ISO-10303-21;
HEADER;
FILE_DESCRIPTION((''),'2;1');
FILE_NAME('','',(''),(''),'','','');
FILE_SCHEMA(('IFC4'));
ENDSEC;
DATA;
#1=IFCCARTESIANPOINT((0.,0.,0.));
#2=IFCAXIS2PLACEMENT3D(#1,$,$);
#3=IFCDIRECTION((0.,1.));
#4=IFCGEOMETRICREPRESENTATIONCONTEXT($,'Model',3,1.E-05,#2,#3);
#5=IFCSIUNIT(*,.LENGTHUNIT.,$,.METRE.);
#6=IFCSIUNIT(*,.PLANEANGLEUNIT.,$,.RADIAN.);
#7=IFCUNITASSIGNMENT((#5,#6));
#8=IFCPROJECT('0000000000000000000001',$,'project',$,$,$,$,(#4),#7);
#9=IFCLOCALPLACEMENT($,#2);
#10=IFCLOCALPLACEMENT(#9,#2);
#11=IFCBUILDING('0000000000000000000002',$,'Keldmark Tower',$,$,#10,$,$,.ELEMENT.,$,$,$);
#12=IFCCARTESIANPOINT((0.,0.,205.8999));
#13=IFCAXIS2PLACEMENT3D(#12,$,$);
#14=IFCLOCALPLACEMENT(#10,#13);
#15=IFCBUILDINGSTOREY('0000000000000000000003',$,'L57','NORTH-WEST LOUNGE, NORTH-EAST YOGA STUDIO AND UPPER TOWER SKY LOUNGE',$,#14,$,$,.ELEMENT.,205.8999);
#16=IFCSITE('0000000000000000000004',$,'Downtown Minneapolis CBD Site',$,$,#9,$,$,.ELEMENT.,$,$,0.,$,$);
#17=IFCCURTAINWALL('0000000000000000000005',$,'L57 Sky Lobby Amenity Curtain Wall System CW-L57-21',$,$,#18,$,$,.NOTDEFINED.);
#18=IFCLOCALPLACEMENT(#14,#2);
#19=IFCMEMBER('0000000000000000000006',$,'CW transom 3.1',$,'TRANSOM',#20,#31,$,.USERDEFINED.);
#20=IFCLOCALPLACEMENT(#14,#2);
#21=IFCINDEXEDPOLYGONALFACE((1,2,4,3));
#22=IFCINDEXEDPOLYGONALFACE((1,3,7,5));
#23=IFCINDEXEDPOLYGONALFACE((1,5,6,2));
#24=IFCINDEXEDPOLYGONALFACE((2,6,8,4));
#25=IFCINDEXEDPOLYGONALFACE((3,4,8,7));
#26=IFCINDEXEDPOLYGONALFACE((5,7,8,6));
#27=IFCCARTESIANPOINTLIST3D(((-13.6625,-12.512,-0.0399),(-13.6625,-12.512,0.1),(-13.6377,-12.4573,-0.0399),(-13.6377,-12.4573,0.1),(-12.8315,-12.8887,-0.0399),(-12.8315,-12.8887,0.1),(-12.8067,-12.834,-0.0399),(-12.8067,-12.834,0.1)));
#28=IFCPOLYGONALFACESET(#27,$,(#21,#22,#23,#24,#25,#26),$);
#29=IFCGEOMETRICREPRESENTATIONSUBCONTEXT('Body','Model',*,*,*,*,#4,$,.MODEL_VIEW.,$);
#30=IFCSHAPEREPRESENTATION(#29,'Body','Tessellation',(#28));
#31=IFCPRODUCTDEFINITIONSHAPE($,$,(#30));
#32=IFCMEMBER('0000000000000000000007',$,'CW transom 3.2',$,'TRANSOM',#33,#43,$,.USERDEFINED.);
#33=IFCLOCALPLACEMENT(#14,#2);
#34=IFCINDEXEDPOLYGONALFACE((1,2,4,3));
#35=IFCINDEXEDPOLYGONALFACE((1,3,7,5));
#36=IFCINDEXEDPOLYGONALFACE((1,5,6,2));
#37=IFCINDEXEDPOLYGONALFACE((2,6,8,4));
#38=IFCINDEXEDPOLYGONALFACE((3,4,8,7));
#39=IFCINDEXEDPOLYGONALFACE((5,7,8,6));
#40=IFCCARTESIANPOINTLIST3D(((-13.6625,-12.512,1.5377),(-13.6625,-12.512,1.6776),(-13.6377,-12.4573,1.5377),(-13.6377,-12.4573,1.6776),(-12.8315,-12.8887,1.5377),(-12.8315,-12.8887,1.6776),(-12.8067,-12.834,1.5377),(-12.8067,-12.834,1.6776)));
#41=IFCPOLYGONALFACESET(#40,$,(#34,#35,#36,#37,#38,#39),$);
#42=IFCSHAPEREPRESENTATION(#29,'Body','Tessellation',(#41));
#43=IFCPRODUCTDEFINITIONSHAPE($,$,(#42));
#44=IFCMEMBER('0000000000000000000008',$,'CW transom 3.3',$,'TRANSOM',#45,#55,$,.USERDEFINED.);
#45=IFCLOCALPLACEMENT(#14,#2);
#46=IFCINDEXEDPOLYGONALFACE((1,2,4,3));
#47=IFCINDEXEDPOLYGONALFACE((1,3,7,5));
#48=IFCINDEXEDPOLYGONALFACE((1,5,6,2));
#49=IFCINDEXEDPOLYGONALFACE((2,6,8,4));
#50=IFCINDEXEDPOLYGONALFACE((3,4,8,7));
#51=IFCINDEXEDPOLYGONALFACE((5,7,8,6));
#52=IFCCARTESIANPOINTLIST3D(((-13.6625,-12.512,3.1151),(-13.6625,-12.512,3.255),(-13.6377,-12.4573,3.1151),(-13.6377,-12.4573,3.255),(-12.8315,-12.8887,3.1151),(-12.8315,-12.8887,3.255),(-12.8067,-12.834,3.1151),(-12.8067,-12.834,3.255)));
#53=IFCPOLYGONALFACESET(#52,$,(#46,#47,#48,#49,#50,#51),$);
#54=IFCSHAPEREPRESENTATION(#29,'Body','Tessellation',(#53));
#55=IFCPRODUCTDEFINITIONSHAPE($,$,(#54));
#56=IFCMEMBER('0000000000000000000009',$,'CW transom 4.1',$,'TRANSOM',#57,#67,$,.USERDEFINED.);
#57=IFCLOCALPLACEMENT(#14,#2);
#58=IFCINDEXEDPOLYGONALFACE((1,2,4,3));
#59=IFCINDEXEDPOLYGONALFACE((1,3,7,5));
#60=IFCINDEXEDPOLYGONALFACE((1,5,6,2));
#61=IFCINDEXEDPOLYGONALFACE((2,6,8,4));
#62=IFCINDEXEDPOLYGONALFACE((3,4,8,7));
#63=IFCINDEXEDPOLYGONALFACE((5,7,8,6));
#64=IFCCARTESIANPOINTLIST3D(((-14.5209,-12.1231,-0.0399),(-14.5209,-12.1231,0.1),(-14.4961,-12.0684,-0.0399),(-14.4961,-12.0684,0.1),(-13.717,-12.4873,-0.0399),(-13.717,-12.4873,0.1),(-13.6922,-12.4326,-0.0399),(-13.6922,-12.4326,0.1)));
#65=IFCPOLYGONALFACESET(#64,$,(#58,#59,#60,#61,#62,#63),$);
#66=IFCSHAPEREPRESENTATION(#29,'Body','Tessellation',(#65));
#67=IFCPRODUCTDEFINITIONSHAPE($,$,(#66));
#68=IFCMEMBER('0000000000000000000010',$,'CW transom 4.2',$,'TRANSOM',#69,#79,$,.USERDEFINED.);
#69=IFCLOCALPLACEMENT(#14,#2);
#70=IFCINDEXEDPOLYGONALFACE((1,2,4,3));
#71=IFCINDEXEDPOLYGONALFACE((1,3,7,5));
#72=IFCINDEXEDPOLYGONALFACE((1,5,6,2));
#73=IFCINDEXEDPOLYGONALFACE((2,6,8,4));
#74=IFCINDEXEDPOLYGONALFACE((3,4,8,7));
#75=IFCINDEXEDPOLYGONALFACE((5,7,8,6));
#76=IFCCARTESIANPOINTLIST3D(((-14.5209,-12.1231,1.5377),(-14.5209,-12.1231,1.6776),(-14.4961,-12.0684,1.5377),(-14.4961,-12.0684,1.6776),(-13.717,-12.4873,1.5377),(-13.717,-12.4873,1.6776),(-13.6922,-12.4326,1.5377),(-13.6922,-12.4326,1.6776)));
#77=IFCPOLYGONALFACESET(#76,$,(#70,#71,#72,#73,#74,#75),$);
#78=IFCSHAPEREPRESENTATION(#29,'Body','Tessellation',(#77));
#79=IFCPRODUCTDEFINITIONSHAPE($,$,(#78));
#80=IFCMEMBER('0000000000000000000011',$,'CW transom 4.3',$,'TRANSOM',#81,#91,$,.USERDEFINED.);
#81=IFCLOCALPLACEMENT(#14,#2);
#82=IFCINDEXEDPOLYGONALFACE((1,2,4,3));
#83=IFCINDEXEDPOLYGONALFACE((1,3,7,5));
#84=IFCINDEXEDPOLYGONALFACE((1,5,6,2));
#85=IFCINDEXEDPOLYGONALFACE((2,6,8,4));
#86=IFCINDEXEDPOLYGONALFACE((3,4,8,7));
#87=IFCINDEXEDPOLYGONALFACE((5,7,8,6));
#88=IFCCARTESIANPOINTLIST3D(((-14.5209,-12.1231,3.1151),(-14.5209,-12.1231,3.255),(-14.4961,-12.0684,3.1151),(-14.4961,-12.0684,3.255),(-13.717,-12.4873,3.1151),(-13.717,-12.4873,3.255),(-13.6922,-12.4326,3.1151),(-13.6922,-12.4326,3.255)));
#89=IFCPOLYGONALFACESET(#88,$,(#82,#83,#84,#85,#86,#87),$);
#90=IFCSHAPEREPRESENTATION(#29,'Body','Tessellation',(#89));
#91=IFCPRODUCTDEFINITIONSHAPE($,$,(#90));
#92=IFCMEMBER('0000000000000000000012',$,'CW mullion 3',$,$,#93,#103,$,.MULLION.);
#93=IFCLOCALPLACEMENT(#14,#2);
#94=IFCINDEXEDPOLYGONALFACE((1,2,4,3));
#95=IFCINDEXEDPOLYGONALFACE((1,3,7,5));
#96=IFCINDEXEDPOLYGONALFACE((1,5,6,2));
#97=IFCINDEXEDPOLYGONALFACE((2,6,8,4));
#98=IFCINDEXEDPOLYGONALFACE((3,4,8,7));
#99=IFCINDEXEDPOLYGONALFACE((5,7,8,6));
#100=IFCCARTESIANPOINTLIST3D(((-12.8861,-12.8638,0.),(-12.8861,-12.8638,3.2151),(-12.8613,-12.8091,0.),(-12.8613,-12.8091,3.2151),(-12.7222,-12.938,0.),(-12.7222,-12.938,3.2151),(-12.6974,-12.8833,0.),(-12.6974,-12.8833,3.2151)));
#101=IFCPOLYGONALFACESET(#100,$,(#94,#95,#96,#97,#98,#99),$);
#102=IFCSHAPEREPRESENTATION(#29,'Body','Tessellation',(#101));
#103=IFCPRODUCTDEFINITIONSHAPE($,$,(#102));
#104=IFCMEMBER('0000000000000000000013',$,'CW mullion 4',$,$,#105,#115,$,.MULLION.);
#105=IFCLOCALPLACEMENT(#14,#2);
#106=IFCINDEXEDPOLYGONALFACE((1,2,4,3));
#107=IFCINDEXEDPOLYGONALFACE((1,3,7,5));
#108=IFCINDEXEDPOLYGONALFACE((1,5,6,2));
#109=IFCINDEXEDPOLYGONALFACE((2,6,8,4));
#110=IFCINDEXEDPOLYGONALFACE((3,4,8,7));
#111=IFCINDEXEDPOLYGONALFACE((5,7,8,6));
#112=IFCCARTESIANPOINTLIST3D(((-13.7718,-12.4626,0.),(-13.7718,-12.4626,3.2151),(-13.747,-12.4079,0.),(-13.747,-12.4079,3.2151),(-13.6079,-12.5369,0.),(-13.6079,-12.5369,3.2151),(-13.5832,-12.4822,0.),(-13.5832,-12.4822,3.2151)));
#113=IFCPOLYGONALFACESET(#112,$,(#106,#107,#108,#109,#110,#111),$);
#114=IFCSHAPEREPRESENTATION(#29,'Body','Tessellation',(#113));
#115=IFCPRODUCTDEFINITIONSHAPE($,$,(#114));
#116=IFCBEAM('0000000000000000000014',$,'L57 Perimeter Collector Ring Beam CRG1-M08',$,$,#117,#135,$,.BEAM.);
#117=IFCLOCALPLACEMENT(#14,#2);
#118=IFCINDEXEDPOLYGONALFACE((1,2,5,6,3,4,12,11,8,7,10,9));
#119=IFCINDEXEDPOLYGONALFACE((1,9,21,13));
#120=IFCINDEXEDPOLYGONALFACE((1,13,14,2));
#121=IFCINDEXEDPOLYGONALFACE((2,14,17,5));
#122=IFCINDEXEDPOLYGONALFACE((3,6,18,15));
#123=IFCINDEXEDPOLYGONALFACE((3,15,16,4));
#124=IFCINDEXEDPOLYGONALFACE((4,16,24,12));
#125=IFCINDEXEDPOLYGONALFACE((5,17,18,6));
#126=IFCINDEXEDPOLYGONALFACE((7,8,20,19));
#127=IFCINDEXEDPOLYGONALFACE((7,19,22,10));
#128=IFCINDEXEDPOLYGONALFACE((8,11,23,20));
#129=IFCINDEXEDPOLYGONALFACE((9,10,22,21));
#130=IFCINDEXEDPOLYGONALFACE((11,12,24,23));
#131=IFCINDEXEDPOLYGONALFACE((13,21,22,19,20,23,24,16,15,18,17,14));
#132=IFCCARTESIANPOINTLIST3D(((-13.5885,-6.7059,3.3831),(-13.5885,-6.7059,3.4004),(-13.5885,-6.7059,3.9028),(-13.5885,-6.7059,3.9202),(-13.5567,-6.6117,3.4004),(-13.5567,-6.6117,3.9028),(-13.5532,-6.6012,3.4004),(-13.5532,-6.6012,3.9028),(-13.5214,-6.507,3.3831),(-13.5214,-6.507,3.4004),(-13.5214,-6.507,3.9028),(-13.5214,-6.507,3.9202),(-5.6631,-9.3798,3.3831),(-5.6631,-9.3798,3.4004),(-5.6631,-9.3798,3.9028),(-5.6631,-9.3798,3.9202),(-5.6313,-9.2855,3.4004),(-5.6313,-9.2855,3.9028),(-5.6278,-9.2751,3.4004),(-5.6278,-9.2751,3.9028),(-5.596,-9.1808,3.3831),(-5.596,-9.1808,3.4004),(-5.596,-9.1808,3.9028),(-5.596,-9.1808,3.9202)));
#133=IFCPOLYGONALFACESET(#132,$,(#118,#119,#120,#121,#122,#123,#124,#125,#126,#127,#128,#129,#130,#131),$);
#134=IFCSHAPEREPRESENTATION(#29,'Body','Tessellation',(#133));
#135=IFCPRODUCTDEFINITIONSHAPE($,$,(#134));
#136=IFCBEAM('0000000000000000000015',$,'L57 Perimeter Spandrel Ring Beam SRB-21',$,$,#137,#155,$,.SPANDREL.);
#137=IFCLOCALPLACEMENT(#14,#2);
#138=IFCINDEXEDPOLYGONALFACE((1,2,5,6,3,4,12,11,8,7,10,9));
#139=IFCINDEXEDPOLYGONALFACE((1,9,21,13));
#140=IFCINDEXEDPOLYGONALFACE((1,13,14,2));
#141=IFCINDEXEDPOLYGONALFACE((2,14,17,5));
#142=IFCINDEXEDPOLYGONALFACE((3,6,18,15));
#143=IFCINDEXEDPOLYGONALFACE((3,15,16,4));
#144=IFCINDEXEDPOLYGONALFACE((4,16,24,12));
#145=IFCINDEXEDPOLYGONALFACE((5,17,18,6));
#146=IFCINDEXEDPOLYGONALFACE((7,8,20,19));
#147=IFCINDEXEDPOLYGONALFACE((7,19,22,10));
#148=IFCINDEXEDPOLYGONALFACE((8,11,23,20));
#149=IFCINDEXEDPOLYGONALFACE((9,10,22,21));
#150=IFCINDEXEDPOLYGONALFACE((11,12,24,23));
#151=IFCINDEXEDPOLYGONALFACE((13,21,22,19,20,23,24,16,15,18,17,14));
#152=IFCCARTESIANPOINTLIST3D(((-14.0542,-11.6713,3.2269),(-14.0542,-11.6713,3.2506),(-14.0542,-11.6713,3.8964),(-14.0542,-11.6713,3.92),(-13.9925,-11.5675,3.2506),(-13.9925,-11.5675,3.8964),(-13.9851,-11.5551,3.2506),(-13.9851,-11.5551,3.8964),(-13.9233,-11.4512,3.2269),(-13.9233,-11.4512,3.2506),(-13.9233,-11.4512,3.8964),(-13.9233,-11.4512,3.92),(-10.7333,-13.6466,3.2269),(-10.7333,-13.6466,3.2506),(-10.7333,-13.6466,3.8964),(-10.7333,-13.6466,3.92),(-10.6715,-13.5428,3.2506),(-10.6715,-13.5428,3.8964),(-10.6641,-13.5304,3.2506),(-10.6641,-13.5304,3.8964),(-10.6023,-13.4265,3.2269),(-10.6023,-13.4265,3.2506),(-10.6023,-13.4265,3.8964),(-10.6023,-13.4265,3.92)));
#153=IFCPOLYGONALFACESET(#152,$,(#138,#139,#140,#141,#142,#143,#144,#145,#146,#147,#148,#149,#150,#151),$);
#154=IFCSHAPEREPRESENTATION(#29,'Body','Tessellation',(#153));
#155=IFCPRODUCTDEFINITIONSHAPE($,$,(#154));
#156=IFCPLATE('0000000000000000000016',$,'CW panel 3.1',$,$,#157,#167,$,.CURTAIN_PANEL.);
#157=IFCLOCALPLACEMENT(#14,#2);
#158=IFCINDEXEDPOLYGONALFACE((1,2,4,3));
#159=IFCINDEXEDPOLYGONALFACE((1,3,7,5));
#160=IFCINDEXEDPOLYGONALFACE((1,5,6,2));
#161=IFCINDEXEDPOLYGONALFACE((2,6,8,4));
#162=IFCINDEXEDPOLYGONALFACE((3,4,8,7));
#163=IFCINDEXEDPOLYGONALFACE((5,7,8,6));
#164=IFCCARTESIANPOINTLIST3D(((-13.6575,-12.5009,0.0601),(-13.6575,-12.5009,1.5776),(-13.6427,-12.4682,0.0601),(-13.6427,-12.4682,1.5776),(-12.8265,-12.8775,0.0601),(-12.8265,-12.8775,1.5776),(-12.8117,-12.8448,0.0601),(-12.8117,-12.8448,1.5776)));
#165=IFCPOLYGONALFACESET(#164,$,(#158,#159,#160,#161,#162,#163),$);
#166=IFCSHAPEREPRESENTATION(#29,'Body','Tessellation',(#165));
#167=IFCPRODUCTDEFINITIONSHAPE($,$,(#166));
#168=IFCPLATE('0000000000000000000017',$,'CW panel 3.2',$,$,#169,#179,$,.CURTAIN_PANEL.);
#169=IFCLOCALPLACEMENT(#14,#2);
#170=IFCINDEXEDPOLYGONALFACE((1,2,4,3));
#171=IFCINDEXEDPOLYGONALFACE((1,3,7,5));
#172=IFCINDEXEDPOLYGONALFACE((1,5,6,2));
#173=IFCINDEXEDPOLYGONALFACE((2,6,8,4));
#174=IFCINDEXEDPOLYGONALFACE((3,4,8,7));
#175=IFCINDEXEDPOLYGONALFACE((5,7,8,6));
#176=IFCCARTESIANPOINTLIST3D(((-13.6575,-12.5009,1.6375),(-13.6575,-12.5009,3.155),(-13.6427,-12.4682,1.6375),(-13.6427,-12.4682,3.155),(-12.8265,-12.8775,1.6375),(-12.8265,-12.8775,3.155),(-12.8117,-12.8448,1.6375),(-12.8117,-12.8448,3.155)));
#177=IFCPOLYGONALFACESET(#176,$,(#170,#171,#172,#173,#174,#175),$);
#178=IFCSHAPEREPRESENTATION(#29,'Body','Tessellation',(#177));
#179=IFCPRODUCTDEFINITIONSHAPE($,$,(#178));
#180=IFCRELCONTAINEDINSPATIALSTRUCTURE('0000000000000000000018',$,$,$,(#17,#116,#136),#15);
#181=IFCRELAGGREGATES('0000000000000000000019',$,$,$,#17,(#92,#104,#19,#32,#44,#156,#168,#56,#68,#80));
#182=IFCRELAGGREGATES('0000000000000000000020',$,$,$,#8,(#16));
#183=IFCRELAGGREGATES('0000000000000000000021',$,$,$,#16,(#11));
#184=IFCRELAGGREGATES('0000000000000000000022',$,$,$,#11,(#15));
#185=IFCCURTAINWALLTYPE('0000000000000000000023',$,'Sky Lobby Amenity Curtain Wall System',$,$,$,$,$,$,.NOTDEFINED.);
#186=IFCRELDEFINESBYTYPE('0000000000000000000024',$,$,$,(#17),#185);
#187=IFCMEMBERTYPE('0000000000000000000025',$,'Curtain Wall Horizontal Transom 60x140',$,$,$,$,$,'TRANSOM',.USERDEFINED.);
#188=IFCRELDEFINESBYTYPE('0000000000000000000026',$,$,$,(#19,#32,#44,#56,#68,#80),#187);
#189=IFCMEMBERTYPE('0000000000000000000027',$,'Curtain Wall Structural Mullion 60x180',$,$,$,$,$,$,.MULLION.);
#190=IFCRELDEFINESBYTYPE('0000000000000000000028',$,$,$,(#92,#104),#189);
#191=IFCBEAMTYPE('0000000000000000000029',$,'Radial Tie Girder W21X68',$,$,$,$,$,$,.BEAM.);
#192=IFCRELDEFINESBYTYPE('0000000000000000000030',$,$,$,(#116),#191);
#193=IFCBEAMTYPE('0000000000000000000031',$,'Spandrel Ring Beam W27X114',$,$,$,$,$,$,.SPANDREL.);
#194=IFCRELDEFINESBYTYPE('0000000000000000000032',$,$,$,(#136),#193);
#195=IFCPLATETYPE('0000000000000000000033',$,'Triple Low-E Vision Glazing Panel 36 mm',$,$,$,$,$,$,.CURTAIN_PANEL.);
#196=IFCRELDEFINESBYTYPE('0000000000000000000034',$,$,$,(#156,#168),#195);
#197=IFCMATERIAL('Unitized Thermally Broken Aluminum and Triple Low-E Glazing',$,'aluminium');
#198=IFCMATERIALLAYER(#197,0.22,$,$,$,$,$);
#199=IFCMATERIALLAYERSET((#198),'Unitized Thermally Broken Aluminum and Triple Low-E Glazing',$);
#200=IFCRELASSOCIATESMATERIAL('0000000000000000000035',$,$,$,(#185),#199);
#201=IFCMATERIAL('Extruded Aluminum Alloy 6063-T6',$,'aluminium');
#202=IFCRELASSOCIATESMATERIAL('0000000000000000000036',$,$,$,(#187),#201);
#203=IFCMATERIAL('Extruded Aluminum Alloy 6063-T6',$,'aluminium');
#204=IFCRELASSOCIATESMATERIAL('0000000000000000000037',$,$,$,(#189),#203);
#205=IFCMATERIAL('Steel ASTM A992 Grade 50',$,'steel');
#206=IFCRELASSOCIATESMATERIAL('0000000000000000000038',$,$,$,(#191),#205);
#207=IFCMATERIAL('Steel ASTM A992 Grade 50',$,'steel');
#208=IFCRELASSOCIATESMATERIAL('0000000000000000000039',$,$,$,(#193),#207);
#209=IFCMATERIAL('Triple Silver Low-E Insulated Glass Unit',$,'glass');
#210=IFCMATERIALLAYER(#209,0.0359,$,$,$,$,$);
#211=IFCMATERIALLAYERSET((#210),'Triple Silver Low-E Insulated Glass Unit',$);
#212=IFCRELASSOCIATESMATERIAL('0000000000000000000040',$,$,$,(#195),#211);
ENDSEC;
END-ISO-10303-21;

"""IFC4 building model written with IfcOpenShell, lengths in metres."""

from ifc_helpers import new_model, si_unit, direction, frame, origin, origin_2d, place, context, subcontext, project, spatial, rectangle, i_section, extrude, material, layer, layer_set, material_profile, profile_set, type_object, element, aggregate, save


model = new_model("IFC4")

# Units and contexts
model_context = context("Model", 3, precision=1e-05, world=origin(), true_north=direction((0.0, 1.0)))
body_context = subcontext(model_context, "Body", "Model", "MODEL_VIEW")
ifc_project = project(units=[si_unit("LENGTHUNIT", "METRE"), si_unit("PLANEANGLEUNIT", "RADIAN")], contexts=[model_context])

# Site, building, storey
site_placement = place(None, origin())
site = spatial("IfcSite", under=ifc_project, at=site_placement, Name="Downtown Minneapolis CBD Site", CompositionType="ELEMENT", RefElevation=0.0)
building_placement = place(site_placement, origin())
building = spatial("IfcBuilding", under=site, at=building_placement, Name="Keldmark Tower", CompositionType="ELEMENT")
storey_placement = place(building_placement, frame((0.0, 0.0, 205.8999)))
storey = spatial("IfcBuildingStorey", under=building, at=storey_placement, Name="L57", Description="NORTH-WEST LOUNGE, NORTH-EAST YOGA STUDIO AND UPPER TOWER SKY LOUNGE", CompositionType="ELEMENT", Elevation=205.8999)

# Curtain wall, members
ifc_material_1 = material(Name="Unitized Thermally Broken Aluminum and Triple Low-E Glazing", Category="aluminium")
ifc_layer_1 = layer(ifc_material_1, 0.22)
ifc_layer_set_1 = layer_set([ifc_layer_1], Name="Unitized Thermally Broken Aluminum and Triple Low-E Glazing")
curtain_wall_type = type_object("IfcCurtainWallType", Name="Sky Lobby Amenity Curtain Wall System", PredefinedType="NOTDEFINED", material=ifc_layer_set_1)
curtain_wall_placement = place(storey_placement, origin())
curtain_wall = element("IfcCurtainWall", 1, at=curtain_wall_placement, inside=storey, type_object=curtain_wall_type, Name="L57 Sky Lobby Amenity Curtain Wall System CW-L57-21", PredefinedType="NOTDEFINED")
ifc_material_2 = material(Name="Extruded Aluminum Alloy 6063-T6", Category="aluminium")
ifc_material_profile_1 = material_profile(ifc_material_2, rectangle(XDim=0.0601, YDim=0.1399, at=origin_2d()), Name="CWT60X140")
ifc_profile_set_1 = profile_set([ifc_material_profile_1], Name="Extruded Aluminum Alloy 6063-T6")
member_type_1 = type_object("IfcMemberType", Name="Curtain Wall Horizontal Transom 60x140", ElementType="TRANSOM", PredefinedType="USERDEFINED", material=ifc_profile_set_1)
member_1_placement = place(storey_placement, frame((-12.8191, -12.8613, 0.03), z_axis=(-0.910797, 0.412855, 0.0), x_axis=(-0.412855, -0.910797, 0.0)))
member_1 = element("IfcMember", 2, at=member_1_placement, type_object=member_type_1, Name="CW transom 3.1", ObjectType="TRANSOM", PredefinedType="USERDEFINED", context=body_context, shape_type="SweptSolid", body=[
    extrude(rectangle(XDim=0.0601, YDim=0.1399, at=origin_2d()), origin(), (0.0, 0.0, 1.0), 0.9124),
])
member_2_placement = place(storey_placement, frame((-12.8191, -12.8613, 1.6077), z_axis=(-0.910797, 0.412855, 0.0), x_axis=(-0.412855, -0.910797, 0.0)))
member_2 = element("IfcMember", 3, at=member_2_placement, type_object=member_type_1, Name="CW transom 3.2", ObjectType="TRANSOM", PredefinedType="USERDEFINED", context=body_context, shape_type="SweptSolid", body=[
    extrude(rectangle(XDim=0.0601, YDim=0.1399, at=origin_2d()), origin(), (0.0, 0.0, 1.0), 0.9124),
])
member_3_placement = place(storey_placement, frame((-12.8191, -12.8613, 3.1851), z_axis=(-0.910797, 0.412855, 0.0), x_axis=(-0.412855, -0.910797, 0.0)))
member_3 = element("IfcMember", 4, at=member_3_placement, type_object=member_type_1, Name="CW transom 3.3", ObjectType="TRANSOM", PredefinedType="USERDEFINED", context=body_context, shape_type="SweptSolid", body=[
    extrude(rectangle(XDim=0.0601, YDim=0.1399, at=origin_2d()), origin(), (0.0, 0.0, 1.0), 0.9124),
])
member_4_placement = place(storey_placement, frame((-13.7046, -12.46, 0.03), z_axis=(-0.910868, 0.412698, 0.0), x_axis=(-0.412698, -0.910868, 0.0)))
member_4 = element("IfcMember", 5, at=member_4_placement, type_object=member_type_1, Name="CW transom 4.1", ObjectType="TRANSOM", PredefinedType="USERDEFINED", context=body_context, shape_type="SweptSolid", body=[
    extrude(rectangle(XDim=0.0601, YDim=0.1399, at=origin_2d()), origin(), (0.0, 0.0, 1.0), 0.8826),
])
member_5_placement = place(storey_placement, frame((-13.7046, -12.46, 1.6077), z_axis=(-0.910868, 0.412698, 0.0), x_axis=(-0.412698, -0.910868, 0.0)))
member_5 = element("IfcMember", 6, at=member_5_placement, type_object=member_type_1, Name="CW transom 4.2", ObjectType="TRANSOM", PredefinedType="USERDEFINED", context=body_context, shape_type="SweptSolid", body=[
    extrude(rectangle(XDim=0.0601, YDim=0.1399, at=origin_2d()), origin(), (0.0, 0.0, 1.0), 0.8826),
])
member_6_placement = place(storey_placement, frame((-13.7046, -12.46, 3.1851), z_axis=(-0.910868, 0.412698, 0.0), x_axis=(-0.412698, -0.910868, 0.0)))
member_6 = element("IfcMember", 7, at=member_6_placement, type_object=member_type_1, Name="CW transom 4.3", ObjectType="TRANSOM", PredefinedType="USERDEFINED", context=body_context, shape_type="SweptSolid", body=[
    extrude(rectangle(XDim=0.0601, YDim=0.1399, at=origin_2d()), origin(), (0.0, 0.0, 1.0), 0.8826),
])
ifc_material_3 = material(Name="Extruded Aluminum Alloy 6063-T6", Category="aluminium")
ifc_material_profile_2 = material_profile(ifc_material_3, rectangle(XDim=0.0601, YDim=0.1799, at=origin_2d()), Name="CWM60X180")
ifc_profile_set_2 = profile_set([ifc_material_profile_2], Name="Extruded Aluminum Alloy 6063-T6")
member_type_2 = type_object("IfcMemberType", Name="Curtain Wall Structural Mullion 60x180", PredefinedType="MULLION", material=ifc_profile_set_2)
member_7_placement = place(storey_placement, frame((-12.7917, -12.8735, 0.0), z_axis=(0.0, 0.0, 1.0), x_axis=(-0.412693, -0.91087, 0.0)))
member_7 = element("IfcMember", 8, at=member_7_placement, type_object=member_type_2, Name="CW mullion 3", PredefinedType="MULLION", context=body_context, shape_type="SweptSolid", body=[
    extrude(rectangle(XDim=0.0601, YDim=0.1799, at=origin_2d()), origin(), (0.0, 0.0, 1.0), 3.2151),
])
member_8_placement = place(storey_placement, frame((-13.6775, -12.4724, 0.0), z_axis=(0.0, 0.0, 1.0), x_axis=(-0.412693, -0.91087, 0.0)))
member_8 = element("IfcMember", 9, at=member_8_placement, type_object=member_type_2, Name="CW mullion 4", PredefinedType="MULLION", context=body_context, shape_type="SweptSolid", body=[
    extrude(rectangle(XDim=0.0601, YDim=0.1799, at=origin_2d()), origin(), (0.0, 0.0, 1.0), 3.2151),
])

# Beams
ifc_material_4 = material(Name="Steel ASTM A992 Grade 50", Category="steel")
ifc_material_profile_3 = material_profile(ifc_material_4, i_section(OverallWidth=0.21, OverallDepth=0.5371, WebThickness=0.011, FlangeThickness=0.0173, at=origin_2d()), Name="W21X68")
ifc_profile_set_3 = profile_set([ifc_material_profile_3], Name="Steel ASTM A992 Grade 50")
beam_type_1 = type_object("IfcBeamType", Name="Radial Tie Girder W21X68", PredefinedType="BEAM", material=ifc_profile_set_3)
beam_1_placement = place(storey_placement, frame((-13.5549, -6.6064, 3.6516), z_axis=(0.947527, -0.319676, 0.0), x_axis=(0.319676, 0.947527, 0.0)))
element("IfcBeam", 10, at=beam_1_placement, inside=storey, type_object=beam_type_1, Name="L57 Perimeter Collector Ring Beam CRG1-M08", PredefinedType="BEAM", context=body_context, shape_type="SweptSolid", body=[
    extrude(i_section(OverallWidth=0.21, OverallDepth=0.5371, WebThickness=0.011, FlangeThickness=0.0173, at=origin_2d()), origin(), (0.0, 0.0, 1.0), 8.3643),
])
ifc_material_5 = material(Name="Steel ASTM A992 Grade 50", Category="steel")
ifc_material_profile_4 = material_profile(ifc_material_5, i_section(OverallWidth=0.2561, OverallDepth=0.6931, WebThickness=0.0144, FlangeThickness=0.0237, at=origin_2d()), Name="W27X114")
ifc_profile_set_4 = profile_set([ifc_material_profile_4], Name="Steel ASTM A992 Grade 50")
beam_type_2 = type_object("IfcBeamType", Name="Spandrel Ring Beam W27X114", PredefinedType="SPANDREL", material=ifc_profile_set_4)
beam_2_placement = place(storey_placement, frame((-13.9888, -11.5613, 3.5735), z_axis=(0.85946, -0.511203, 0.0), x_axis=(0.511203, 0.85946, 0.0)))
element("IfcBeam", 11, at=beam_2_placement, inside=storey, type_object=beam_type_2, Name="L57 Perimeter Spandrel Ring Beam SRB-21", PredefinedType="SPANDREL", context=body_context, shape_type="SweptSolid", body=[
    extrude(i_section(OverallWidth=0.2561, OverallDepth=0.6931, WebThickness=0.0144, FlangeThickness=0.0237, at=origin_2d()), origin(), (0.0, 0.0, 1.0), 3.864),
])

# Plates
ifc_material_6 = material(Name="Triple Silver Low-E Insulated Glass Unit", Category="glass")
ifc_layer_2 = layer(ifc_material_6, 0.0359)
ifc_layer_set_2 = layer_set([ifc_layer_2], Name="Triple Silver Low-E Insulated Glass Unit")
plate_type = type_object("IfcPlateType", Name="Triple Low-E Vision Glazing Panel 36 mm", PredefinedType="CURTAIN_PANEL", material=ifc_layer_set_2)
plate_1_placement = place(storey_placement, frame((-13.2346, -12.6729, 0.0601), z_axis=(0.0, 0.0, 1.0), x_axis=(-0.91087, 0.412693, 0.0)))
plate_1 = element("IfcPlate", 12, at=plate_1_placement, type_object=plate_type, Name="CW panel 3.1", PredefinedType="CURTAIN_PANEL", context=body_context, shape_type="SweptSolid", body=[
    extrude(rectangle(XDim=0.9124, YDim=0.0359, at=origin_2d()), origin(), (0.0, 0.0, 1.0), 1.5176),
])
plate_2_placement = place(storey_placement, frame((-13.2346, -12.6729, 1.6375), z_axis=(0.0, 0.0, 1.0), x_axis=(-0.91087, 0.412693, 0.0)))
plate_2 = element("IfcPlate", 13, at=plate_2_placement, type_object=plate_type, Name="CW panel 3.2", PredefinedType="CURTAIN_PANEL", context=body_context, shape_type="SweptSolid", body=[
    extrude(rectangle(XDim=0.9124, YDim=0.0359, at=origin_2d()), origin(), (0.0, 0.0, 1.0), 1.5176),
])
aggregate(curtain_wall, [member_7, member_8, member_1, member_2, member_3, plate_1, plate_2, member_4, member_5, member_6])

save(model, "model.ifc")
